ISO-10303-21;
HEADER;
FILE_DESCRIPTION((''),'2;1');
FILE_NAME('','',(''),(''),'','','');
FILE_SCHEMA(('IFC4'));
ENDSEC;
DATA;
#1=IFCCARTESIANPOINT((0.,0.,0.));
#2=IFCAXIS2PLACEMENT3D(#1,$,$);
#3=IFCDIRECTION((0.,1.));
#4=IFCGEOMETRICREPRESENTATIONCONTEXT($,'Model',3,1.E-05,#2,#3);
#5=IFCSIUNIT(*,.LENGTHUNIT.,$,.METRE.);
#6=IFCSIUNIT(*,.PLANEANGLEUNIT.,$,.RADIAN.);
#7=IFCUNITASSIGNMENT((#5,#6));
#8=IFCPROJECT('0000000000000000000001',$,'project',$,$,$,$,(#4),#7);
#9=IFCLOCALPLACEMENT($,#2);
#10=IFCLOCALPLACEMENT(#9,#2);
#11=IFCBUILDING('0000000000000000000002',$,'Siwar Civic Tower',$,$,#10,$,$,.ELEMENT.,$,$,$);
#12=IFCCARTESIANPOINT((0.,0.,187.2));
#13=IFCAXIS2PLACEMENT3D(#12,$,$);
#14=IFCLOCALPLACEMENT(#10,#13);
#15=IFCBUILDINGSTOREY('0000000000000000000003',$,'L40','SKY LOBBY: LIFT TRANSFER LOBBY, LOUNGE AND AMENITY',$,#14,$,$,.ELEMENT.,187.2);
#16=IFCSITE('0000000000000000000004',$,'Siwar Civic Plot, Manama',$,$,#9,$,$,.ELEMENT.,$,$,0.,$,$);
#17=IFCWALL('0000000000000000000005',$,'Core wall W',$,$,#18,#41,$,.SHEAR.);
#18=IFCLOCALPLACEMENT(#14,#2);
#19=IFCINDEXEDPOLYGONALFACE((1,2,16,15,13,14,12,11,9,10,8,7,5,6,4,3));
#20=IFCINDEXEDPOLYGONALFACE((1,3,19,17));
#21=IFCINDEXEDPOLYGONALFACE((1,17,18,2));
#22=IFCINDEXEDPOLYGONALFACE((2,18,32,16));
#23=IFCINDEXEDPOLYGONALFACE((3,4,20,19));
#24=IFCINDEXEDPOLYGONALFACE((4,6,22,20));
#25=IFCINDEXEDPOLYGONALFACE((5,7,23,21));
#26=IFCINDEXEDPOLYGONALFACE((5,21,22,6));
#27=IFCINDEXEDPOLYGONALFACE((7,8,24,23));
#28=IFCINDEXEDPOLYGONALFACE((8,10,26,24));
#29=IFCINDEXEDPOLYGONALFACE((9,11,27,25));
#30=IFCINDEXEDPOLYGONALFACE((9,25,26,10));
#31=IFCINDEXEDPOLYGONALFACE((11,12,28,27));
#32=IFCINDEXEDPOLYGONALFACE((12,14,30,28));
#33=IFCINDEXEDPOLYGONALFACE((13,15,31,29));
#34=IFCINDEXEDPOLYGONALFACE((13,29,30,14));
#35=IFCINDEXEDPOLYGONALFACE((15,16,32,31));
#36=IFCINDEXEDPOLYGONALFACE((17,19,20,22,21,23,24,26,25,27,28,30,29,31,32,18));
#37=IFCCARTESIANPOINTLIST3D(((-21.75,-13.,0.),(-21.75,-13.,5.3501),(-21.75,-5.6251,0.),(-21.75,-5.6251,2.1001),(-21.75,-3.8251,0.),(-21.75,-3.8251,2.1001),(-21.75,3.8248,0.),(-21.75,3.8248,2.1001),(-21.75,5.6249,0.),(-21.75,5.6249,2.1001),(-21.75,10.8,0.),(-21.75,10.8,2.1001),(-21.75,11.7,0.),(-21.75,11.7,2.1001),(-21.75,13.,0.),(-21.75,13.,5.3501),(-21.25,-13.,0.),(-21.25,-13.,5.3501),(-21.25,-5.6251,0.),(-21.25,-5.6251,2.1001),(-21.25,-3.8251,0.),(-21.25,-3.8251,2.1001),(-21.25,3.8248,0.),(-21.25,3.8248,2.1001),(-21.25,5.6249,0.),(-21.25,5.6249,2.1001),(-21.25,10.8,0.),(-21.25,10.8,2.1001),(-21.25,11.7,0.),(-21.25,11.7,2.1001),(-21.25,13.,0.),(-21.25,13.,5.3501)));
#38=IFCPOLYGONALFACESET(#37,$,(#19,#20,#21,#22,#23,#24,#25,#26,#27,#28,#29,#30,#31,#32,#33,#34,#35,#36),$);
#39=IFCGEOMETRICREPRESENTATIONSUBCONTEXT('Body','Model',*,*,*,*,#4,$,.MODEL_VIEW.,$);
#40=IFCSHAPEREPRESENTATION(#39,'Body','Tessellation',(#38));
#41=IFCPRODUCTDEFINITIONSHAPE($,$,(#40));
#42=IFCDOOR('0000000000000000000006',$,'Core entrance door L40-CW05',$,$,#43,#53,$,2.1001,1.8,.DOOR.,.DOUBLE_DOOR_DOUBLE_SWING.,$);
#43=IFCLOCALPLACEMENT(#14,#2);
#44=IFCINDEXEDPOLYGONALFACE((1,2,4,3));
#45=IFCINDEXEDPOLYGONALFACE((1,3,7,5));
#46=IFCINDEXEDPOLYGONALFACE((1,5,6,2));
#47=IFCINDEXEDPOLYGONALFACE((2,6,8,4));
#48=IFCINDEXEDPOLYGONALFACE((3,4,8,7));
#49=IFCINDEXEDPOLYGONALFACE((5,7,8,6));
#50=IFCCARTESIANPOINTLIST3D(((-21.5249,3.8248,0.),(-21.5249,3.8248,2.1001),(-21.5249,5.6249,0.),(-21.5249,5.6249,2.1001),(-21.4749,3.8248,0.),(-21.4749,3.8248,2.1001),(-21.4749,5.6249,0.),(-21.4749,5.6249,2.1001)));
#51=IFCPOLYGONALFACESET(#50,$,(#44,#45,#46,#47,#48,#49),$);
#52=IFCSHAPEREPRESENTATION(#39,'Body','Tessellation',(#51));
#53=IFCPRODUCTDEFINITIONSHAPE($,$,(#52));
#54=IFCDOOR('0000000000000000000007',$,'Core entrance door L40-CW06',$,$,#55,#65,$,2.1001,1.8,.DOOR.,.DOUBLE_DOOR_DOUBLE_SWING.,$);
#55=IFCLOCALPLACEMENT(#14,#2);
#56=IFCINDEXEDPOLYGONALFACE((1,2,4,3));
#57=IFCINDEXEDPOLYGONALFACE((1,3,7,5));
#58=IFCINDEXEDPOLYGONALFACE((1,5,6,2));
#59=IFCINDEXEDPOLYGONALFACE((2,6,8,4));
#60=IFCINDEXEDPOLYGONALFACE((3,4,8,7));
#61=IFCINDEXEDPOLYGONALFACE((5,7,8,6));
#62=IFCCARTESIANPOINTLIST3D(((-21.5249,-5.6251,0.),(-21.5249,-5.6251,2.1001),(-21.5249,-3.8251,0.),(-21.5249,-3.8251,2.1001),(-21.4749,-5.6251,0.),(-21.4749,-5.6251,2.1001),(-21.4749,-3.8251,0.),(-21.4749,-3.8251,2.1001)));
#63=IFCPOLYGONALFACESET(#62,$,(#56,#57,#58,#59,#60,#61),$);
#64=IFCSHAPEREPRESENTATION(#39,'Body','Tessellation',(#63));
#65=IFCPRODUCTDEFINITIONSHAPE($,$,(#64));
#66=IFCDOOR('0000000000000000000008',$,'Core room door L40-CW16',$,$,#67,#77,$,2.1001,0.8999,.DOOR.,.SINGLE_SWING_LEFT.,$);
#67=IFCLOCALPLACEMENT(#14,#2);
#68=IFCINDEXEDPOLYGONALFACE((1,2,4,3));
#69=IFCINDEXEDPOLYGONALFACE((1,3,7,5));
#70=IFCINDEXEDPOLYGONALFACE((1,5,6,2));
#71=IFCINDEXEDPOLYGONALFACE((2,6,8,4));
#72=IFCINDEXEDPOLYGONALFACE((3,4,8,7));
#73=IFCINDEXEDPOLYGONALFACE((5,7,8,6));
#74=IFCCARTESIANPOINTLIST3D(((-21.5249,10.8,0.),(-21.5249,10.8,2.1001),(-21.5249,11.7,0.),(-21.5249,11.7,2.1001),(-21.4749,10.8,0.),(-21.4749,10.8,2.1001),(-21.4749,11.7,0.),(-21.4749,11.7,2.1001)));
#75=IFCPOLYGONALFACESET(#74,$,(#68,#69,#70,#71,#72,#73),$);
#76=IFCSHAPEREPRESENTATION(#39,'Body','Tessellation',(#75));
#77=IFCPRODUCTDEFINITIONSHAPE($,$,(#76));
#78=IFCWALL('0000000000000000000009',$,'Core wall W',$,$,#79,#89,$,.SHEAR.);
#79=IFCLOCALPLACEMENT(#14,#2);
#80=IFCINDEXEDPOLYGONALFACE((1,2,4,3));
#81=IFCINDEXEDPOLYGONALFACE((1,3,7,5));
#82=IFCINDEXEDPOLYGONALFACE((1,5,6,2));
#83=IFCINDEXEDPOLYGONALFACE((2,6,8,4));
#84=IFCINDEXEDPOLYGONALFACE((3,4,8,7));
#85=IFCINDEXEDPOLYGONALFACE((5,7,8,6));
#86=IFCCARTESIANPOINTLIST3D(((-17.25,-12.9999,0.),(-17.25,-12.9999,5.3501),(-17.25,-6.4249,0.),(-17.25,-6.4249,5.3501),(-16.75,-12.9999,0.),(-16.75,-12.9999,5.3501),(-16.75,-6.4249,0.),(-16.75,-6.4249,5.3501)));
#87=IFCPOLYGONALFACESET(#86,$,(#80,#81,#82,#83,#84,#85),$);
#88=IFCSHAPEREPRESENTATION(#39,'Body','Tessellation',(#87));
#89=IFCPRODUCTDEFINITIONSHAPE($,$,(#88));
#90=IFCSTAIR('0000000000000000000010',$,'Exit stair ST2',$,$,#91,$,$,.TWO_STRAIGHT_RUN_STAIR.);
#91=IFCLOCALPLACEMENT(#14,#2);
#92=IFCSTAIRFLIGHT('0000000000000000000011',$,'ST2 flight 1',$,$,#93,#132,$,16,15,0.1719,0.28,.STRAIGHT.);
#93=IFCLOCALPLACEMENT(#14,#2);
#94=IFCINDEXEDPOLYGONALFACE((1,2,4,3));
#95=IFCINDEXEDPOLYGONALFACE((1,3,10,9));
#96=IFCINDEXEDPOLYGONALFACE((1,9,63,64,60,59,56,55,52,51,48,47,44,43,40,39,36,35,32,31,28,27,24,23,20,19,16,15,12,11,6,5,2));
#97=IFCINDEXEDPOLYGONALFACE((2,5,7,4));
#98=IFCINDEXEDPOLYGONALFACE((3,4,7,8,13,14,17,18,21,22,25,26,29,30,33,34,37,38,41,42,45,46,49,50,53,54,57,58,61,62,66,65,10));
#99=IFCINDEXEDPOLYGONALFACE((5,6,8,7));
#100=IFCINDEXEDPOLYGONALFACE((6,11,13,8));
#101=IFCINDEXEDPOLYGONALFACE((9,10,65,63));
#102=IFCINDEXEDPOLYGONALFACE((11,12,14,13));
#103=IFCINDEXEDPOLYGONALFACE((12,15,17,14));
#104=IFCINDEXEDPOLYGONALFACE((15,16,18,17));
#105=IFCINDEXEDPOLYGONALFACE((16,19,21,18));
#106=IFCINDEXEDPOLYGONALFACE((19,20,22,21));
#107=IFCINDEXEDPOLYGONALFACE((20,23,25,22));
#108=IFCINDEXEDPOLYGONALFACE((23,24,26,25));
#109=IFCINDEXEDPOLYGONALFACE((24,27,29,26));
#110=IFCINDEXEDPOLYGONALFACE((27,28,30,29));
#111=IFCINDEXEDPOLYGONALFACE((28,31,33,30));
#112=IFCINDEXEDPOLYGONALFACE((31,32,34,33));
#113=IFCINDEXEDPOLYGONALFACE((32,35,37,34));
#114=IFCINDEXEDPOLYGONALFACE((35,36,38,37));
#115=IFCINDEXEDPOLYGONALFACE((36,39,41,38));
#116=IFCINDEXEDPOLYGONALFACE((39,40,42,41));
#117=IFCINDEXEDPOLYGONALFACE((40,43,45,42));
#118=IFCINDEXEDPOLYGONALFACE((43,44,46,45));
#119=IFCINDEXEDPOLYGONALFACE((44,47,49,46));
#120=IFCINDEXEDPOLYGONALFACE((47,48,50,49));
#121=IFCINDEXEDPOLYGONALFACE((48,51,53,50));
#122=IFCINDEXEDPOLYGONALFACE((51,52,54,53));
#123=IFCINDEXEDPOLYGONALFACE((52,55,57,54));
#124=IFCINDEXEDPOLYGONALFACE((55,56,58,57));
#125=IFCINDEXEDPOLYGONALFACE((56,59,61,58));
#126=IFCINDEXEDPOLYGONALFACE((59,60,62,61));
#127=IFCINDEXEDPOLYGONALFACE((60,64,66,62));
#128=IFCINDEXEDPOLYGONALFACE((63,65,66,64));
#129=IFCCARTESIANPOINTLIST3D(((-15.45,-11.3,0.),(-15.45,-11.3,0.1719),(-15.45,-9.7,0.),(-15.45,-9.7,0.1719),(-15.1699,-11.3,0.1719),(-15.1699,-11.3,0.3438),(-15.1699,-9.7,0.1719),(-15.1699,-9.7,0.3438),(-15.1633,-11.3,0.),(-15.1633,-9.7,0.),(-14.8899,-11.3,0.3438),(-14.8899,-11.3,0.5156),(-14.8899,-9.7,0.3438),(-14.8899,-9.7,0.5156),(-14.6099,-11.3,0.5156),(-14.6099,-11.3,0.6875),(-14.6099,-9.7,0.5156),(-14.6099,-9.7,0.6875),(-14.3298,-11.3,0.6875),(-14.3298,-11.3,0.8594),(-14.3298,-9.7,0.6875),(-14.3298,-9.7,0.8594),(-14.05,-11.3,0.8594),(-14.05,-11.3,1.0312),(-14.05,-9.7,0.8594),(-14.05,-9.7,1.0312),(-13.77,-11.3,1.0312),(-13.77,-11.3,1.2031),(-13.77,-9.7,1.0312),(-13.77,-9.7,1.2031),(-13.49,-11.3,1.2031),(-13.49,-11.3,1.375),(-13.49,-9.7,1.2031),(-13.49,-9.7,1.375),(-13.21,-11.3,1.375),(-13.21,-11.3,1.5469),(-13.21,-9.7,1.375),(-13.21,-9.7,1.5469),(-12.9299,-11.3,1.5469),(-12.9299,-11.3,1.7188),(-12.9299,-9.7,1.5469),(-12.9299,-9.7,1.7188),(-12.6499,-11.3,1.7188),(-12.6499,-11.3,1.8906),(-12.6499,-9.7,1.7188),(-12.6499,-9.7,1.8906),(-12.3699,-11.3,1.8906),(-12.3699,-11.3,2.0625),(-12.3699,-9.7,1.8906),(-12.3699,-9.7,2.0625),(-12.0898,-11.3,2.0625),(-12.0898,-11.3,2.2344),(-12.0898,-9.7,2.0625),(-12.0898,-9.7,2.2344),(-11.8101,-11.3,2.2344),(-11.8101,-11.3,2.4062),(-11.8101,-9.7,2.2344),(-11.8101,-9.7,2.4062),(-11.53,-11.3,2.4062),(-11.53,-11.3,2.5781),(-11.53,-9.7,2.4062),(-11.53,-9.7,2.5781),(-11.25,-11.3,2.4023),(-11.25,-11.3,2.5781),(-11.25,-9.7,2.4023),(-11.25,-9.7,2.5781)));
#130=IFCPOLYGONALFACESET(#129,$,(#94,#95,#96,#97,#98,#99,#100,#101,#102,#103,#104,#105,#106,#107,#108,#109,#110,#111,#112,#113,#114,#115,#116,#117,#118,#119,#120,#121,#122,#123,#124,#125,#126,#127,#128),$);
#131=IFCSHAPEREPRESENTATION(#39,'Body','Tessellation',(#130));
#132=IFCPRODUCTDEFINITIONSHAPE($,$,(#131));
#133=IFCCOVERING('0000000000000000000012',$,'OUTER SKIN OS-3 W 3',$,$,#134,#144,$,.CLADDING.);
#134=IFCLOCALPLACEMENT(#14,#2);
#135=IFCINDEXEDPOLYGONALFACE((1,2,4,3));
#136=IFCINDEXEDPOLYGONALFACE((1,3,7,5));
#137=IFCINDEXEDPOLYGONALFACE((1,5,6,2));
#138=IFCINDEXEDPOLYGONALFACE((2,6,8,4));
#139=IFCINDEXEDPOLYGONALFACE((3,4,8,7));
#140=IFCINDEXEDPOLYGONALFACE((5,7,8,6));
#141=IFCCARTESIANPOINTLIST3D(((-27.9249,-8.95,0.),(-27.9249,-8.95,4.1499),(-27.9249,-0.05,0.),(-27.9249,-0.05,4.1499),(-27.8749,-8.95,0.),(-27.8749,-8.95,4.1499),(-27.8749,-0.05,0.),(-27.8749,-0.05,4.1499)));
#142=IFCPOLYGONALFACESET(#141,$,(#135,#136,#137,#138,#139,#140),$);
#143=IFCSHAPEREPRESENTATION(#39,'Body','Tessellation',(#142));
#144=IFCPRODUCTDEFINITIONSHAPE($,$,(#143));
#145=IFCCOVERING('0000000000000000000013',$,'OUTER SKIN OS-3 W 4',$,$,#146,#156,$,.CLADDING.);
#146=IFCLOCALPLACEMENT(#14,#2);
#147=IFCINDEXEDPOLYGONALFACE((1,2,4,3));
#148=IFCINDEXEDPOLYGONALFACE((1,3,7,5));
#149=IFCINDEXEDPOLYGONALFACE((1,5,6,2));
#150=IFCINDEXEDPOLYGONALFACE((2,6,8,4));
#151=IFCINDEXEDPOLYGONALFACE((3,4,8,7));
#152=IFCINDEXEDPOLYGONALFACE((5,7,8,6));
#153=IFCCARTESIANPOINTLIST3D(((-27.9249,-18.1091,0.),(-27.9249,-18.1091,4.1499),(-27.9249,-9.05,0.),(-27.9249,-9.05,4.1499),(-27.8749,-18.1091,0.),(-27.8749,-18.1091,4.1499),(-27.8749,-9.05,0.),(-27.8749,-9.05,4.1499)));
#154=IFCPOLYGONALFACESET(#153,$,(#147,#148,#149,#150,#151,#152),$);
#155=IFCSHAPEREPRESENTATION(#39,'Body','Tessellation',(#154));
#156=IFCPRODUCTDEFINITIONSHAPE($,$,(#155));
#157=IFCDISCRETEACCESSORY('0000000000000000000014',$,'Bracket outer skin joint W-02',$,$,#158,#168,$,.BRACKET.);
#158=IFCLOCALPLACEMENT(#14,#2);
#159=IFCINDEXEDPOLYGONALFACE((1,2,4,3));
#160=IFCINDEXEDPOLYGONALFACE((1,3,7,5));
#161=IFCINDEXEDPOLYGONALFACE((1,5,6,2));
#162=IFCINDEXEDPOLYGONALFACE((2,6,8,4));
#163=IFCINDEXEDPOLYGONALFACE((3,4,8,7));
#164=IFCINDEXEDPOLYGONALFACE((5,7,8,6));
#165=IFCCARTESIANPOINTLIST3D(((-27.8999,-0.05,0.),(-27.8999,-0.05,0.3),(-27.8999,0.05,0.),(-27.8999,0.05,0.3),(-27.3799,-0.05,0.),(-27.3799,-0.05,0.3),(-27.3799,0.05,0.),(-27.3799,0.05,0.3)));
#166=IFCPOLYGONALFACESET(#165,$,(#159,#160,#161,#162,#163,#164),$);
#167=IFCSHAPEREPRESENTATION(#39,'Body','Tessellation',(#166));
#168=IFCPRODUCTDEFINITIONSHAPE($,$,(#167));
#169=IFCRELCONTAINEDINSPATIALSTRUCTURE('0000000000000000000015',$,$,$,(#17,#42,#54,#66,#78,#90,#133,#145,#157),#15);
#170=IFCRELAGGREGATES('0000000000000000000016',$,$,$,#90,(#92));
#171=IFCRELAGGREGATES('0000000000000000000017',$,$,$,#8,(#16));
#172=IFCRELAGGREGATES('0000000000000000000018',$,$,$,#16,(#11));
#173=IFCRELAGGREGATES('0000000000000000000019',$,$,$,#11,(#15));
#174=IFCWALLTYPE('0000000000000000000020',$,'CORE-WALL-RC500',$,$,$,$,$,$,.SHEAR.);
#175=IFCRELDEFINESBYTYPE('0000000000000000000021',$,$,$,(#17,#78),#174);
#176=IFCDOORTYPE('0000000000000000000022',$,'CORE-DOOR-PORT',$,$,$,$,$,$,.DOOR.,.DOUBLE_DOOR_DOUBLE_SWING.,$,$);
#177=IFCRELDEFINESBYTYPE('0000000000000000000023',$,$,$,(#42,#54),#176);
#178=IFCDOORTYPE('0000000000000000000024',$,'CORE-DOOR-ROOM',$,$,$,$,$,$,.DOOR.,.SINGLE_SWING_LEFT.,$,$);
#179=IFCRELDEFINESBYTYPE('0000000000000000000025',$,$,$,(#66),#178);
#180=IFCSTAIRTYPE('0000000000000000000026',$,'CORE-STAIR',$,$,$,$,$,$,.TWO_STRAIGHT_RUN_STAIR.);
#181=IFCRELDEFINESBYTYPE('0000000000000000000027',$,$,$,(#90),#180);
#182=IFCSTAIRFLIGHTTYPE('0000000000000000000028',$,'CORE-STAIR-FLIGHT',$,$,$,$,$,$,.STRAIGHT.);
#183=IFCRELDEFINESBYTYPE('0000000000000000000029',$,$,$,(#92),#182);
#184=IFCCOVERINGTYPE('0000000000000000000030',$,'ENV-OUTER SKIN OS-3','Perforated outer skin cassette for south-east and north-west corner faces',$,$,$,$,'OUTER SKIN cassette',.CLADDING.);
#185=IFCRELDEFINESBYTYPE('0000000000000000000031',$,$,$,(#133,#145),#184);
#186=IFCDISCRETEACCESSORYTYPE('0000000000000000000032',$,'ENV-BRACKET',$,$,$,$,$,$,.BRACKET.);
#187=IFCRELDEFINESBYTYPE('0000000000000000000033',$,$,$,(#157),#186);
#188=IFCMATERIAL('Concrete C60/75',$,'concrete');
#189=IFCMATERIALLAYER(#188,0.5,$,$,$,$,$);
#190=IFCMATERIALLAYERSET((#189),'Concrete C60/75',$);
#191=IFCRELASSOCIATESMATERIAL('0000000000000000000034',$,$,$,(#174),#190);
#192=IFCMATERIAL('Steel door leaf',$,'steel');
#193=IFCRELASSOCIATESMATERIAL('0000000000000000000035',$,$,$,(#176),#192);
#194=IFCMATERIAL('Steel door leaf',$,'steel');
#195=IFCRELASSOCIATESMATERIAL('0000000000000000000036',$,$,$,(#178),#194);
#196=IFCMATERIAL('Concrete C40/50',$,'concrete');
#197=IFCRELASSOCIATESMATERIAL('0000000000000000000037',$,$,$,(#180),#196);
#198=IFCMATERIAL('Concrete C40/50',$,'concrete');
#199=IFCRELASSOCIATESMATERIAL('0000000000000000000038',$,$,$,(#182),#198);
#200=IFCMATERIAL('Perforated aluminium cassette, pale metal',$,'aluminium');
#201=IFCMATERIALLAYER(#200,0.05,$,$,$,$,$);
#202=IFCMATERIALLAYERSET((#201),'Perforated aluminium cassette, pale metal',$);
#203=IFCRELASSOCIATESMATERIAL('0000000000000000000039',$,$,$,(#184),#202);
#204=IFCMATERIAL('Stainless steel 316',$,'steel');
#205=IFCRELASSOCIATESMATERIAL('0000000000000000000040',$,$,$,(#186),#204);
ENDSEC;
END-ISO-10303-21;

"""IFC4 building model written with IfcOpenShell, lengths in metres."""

from ifc_helpers import new_model, si_unit, direction, frame, frame_2d, origin, origin_2d, place, context, subcontext, project, spatial, polyline, rectangle, outline, extrude, material, layer, layer_set, type_object, element, fill, aggregate, save


model = new_model("IFC4")

# Units and contexts
model_context = context("Model", 3, precision=1e-05, world=origin(), true_north=direction((0.0, 1.0)))
body_context = subcontext(model_context, "Body", "Model", "MODEL_VIEW")
ifc_project = project(units=[si_unit("LENGTHUNIT", "METRE"), si_unit("PLANEANGLEUNIT", "RADIAN")], contexts=[model_context])

# Site, building, storey
site_placement = place(None, origin())
site = spatial("IfcSite", under=ifc_project, at=site_placement, Name="Siwar Civic Plot, Manama", CompositionType="ELEMENT", RefElevation=0.0)
building_placement = place(site_placement, origin())
building = spatial("IfcBuilding", under=site, at=building_placement, Name="Siwar Civic Tower", CompositionType="ELEMENT")
storey_placement = place(building_placement, frame((0.0, 0.0, 187.2)))
storey = spatial("IfcBuildingStorey", under=building, at=storey_placement, Name="L40", Description="SKY LOBBY: LIFT TRANSFER LOBBY, LOUNGE AND AMENITY", CompositionType="ELEMENT", Elevation=187.2)

# Wall, openings, doors
ifc_material_1 = material(Name="Concrete C60/75", Category="concrete")
ifc_layer_1 = layer(ifc_material_1, 0.5)
ifc_layer_set_1 = layer_set([ifc_layer_1], Name="Concrete C60/75")
wall_type_1 = type_object("IfcWallType", Name="CORE-WALL-RC500", PredefinedType="SHEAR", material=ifc_layer_set_1)
wall_1_placement = place(storey_placement, frame((-21.5, -13.0, 0.0), z_axis=(0.0, 0.0, 1.0), x_axis=(0.0, 1.0, 0.0)))
wall_1 = element("IfcWall", 1, at=wall_1_placement, inside=storey, type_object=wall_type_1, Name="Core wall W", PredefinedType="SHEAR", context=body_context, shape_type="SweptSolid", body=[
    extrude(rectangle(XDim=26.0, YDim=0.5, at=frame_2d((13.0, 0.0))), origin(), (0.0, 0.0, 1.0), 5.3501),
])
opening_1_placement = place(wall_1_placement, frame((16.825, 0.0, 0.0)))
opening_1 = element("IfcOpeningElement", 2, at=opening_1_placement, cuts=wall_1, PredefinedType="OPENING", context=body_context, shape_type="SweptSolid", body=[
    extrude(rectangle(XDim=1.8, YDim=2.1001, at=frame_2d((0.8999, 1.05))), frame((0.0, 0.26, 0.0), z_axis=(0.0, -1.0, 0.0), x_axis=(1.0, 0.0, 0.0)), (0.0, 0.0, 1.0), 0.52),
])
opening_2_placement = place(wall_1_placement, frame((7.375, 0.0, 0.0)))
opening_2 = element("IfcOpeningElement", 3, at=opening_2_placement, cuts=wall_1, PredefinedType="OPENING", context=body_context, shape_type="SweptSolid", body=[
    extrude(rectangle(XDim=1.8, YDim=2.1001, at=frame_2d((0.8999, 1.05))), frame((0.0, 0.26, 0.0), z_axis=(0.0, -1.0, 0.0), x_axis=(1.0, 0.0, 0.0)), (0.0, 0.0, 1.0), 0.52),
])
opening_3_placement = place(wall_1_placement, frame((23.8, 0.0, 0.0)))
opening_3 = element("IfcOpeningElement", 4, at=opening_3_placement, cuts=wall_1, PredefinedType="OPENING", context=body_context, shape_type="SweptSolid", body=[
    extrude(rectangle(XDim=0.8999, YDim=2.1001, at=frame_2d((0.45, 1.05))), frame((0.0, 0.26, 0.0), z_axis=(0.0, -1.0, 0.0), x_axis=(1.0, 0.0, 0.0)), (0.0, 0.0, 1.0), 0.52),
])
ifc_material_2 = material(Name="Steel door leaf", Category="steel")
door_type_1 = type_object("IfcDoorType", Name="CORE-DOOR-PORT", OperationType="DOUBLE_DOOR_DOUBLE_SWING", PredefinedType="DOOR", material=ifc_material_2)
door_1_placement = place(opening_1_placement, origin())
door_1 = element("IfcDoor", 5, at=door_1_placement, inside=storey, type_object=door_type_1, Name="Core entrance door L40-CW05", OperationType="DOUBLE_DOOR_DOUBLE_SWING", OverallHeight=2.1001, OverallWidth=1.8, PredefinedType="DOOR", context=body_context, shape_type="SweptSolid", body=[
    extrude(rectangle(XDim=1.8, YDim=2.1001, at=frame_2d((0.8999, 1.05))), frame((0.0, 0.0249, 0.0), z_axis=(0.0, -1.0, 0.0), x_axis=(1.0, 0.0, 0.0)), (0.0, 0.0, 1.0), 0.05),
])
fill(opening_1, door_1)
door_2_placement = place(opening_2_placement, origin())
door_2 = element("IfcDoor", 6, at=door_2_placement, inside=storey, type_object=door_type_1, Name="Core entrance door L40-CW06", OperationType="DOUBLE_DOOR_DOUBLE_SWING", OverallHeight=2.1001, OverallWidth=1.8, PredefinedType="DOOR", context=body_context, shape_type="SweptSolid", body=[
    extrude(rectangle(XDim=1.8, YDim=2.1001, at=frame_2d((0.8999, 1.05))), frame((0.0, 0.0249, 0.0), z_axis=(0.0, -1.0, 0.0), x_axis=(1.0, 0.0, 0.0)), (0.0, 0.0, 1.0), 0.05),
])
fill(opening_2, door_2)
ifc_material_3 = material(Name="Steel door leaf", Category="steel")
door_type_2 = type_object("IfcDoorType", Name="CORE-DOOR-ROOM", OperationType="SINGLE_SWING_LEFT", PredefinedType="DOOR", material=ifc_material_3)
door_3_placement = place(opening_3_placement, origin())
door_3 = element("IfcDoor", 7, at=door_3_placement, inside=storey, type_object=door_type_2, Name="Core room door L40-CW16", OperationType="SINGLE_SWING_LEFT", OverallHeight=2.1001, OverallWidth=0.8999, PredefinedType="DOOR", context=body_context, shape_type="SweptSolid", body=[
    extrude(rectangle(XDim=0.8999, YDim=2.1001, at=frame_2d((0.45, 1.05))), frame((0.0, 0.0249, 0.0), z_axis=(0.0, -1.0, 0.0), x_axis=(1.0, 0.0, 0.0)), (0.0, 0.0, 1.0), 0.05),
])
fill(opening_3, door_3)

# Wall
wall_2_placement = place(storey_placement, frame((-17.0, -13.0, 0.0), z_axis=(0.0, 0.0, 1.0), x_axis=(0.0, 1.0, 0.0)))
element("IfcWall", 8, at=wall_2_placement, inside=storey, type_object=wall_type_1, Name="Core wall W", PredefinedType="SHEAR", context=body_context, shape_type="SweptSolid", body=[
    extrude(rectangle(XDim=6.575, YDim=0.5, at=frame_2d((3.2876, 0.0))), origin(), (0.0, 0.0, 1.0), 5.3501),
])

# Stair, stair flight
ifc_material_4 = material(Name="Concrete C40/50", Category="concrete")
stair_type = type_object("IfcStairType", Name="CORE-STAIR", PredefinedType="TWO_STRAIGHT_RUN_STAIR", material=ifc_material_4)
stair_placement = place(storey_placement, origin())
stair = element("IfcStair", 9, at=stair_placement, inside=storey, type_object=stair_type, Name="Exit stair ST2", PredefinedType="TWO_STRAIGHT_RUN_STAIR")
ifc_material_5 = material(Name="Concrete C40/50", Category="concrete")
stair_flight_type = type_object("IfcStairFlightType", Name="CORE-STAIR-FLIGHT", PredefinedType="STRAIGHT", material=ifc_material_5)
stair_flight_placement = place(storey_placement, frame((-15.45, -10.5, 0.0), z_axis=(0.0, 0.0, 1.0), x_axis=(1.0, 0.0, 0.0)))
stair_flight = element("IfcStairFlight", 10, at=stair_flight_placement, type_object=stair_flight_type, Name="ST2 flight 1", NumberOfRisers=16, NumberOfTreads=15, PredefinedType="STRAIGHT", RiserHeight=0.1719, TreadLength=0.28, context=body_context, shape_type="SweptSolid", body=[
    extrude(outline(polyline([(0.0, 0.0), (0.0, 0.1719), (0.28, 0.1719), (0.28, 0.3438), (0.5601, 0.3438), (0.5601, 0.5156), (0.8401, 0.5156), (0.8401, 0.6875), (1.1201, 0.6875), (1.1201, 0.8594), (1.3999, 0.8594), (1.3999, 1.0312), (1.6799, 1.0312), (1.6799, 1.2031), (1.96, 1.2031), (1.96, 1.375), (2.24, 1.375), (2.24, 1.5469), (2.52, 1.5469), (2.52, 1.7188), (2.8, 1.7188), (2.8, 1.8906), (3.0801, 1.8906), (3.0801, 2.0625), (3.3601, 2.0625), (3.3601, 2.2344), (3.6399, 2.2344), (3.6399, 2.4062), (3.9199, 2.4062), (3.9199, 2.5781), (4.2, 2.5781), (4.2, 2.75), (4.2, 2.4023), (0.2866, 0.0), (0.0, 0.0)])), frame((0.0, 0.8, 0.0), z_axis=(0.0, -1.0, 0.0), x_axis=(1.0, 0.0, 0.0)), (0.0, 0.0, 1.0), 1.6001),
])
aggregate(stair, [stair_flight])

# Coverings
ifc_material_6 = material(Name="Perforated aluminium cassette, pale metal", Category="aluminium")
ifc_layer_2 = layer(ifc_material_6, 0.05)
ifc_layer_set_2 = layer_set([ifc_layer_2], Name="Perforated aluminium cassette, pale metal")
covering_type = type_object("IfcCoveringType", Name="ENV-OUTER SKIN OS-3", Description="Perforated outer skin cassette for south-east and north-west corner faces", ElementType="OUTER SKIN cassette", PredefinedType="CLADDING", material=ifc_layer_set_2)
covering_1_placement = place(storey_placement, frame((-27.8999, -4.5, 0.0), z_axis=(0.0, 0.0, 1.0), x_axis=(0.0, -1.0, 0.0)))
element("IfcCovering", 11, at=covering_1_placement, inside=storey, type_object=covering_type, Name="OUTER SKIN OS-3 W 3", PredefinedType="CLADDING", context=body_context, shape_type="SweptSolid", body=[
    extrude(rectangle(XDim=8.8999, YDim=0.05, at=origin_2d()), origin(), (0.0, 0.0, 1.0), 4.1499),
])
covering_2_placement = place(storey_placement, frame((-27.8999, -13.5796, 0.0), z_axis=(0.0, 0.0, 1.0), x_axis=(0.0, -1.0, 0.0)))
element("IfcCovering", 12, at=covering_2_placement, inside=storey, type_object=covering_type, Name="OUTER SKIN OS-3 W 4", PredefinedType="CLADDING", context=body_context, shape_type="SweptSolid", body=[
    extrude(rectangle(XDim=9.0591, YDim=0.05, at=origin_2d()), origin(), (0.0, 0.0, 1.0), 4.1499),
])

# Discrete accessory
ifc_material_7 = material(Name="Stainless steel 316", Category="steel")
discrete_accessory_type = type_object("IfcDiscreteAccessoryType", Name="ENV-BRACKET", PredefinedType="BRACKET", material=ifc_material_7)
for number, where, z_axis, x_axis, name in (
    (13, (-27.6399, 0.0, 0.0), (0.0, 0.0, 1.0), (-1.0, 0.0, 0.0), "Bracket outer skin joint W-02"),
):
    element("IfcDiscreteAccessory", number, at=place(storey_placement, frame(where, z_axis=z_axis, x_axis=x_axis)), inside=storey, type_object=discrete_accessory_type, Name=name, PredefinedType="BRACKET", context=body_context, shape_type="SweptSolid", body=[
        extrude(rectangle(XDim=0.52, YDim=0.1001, at=origin_2d()), origin(), (0.0, 0.0, 1.0), 0.3),
    ])

save(model, "model.ifc")
